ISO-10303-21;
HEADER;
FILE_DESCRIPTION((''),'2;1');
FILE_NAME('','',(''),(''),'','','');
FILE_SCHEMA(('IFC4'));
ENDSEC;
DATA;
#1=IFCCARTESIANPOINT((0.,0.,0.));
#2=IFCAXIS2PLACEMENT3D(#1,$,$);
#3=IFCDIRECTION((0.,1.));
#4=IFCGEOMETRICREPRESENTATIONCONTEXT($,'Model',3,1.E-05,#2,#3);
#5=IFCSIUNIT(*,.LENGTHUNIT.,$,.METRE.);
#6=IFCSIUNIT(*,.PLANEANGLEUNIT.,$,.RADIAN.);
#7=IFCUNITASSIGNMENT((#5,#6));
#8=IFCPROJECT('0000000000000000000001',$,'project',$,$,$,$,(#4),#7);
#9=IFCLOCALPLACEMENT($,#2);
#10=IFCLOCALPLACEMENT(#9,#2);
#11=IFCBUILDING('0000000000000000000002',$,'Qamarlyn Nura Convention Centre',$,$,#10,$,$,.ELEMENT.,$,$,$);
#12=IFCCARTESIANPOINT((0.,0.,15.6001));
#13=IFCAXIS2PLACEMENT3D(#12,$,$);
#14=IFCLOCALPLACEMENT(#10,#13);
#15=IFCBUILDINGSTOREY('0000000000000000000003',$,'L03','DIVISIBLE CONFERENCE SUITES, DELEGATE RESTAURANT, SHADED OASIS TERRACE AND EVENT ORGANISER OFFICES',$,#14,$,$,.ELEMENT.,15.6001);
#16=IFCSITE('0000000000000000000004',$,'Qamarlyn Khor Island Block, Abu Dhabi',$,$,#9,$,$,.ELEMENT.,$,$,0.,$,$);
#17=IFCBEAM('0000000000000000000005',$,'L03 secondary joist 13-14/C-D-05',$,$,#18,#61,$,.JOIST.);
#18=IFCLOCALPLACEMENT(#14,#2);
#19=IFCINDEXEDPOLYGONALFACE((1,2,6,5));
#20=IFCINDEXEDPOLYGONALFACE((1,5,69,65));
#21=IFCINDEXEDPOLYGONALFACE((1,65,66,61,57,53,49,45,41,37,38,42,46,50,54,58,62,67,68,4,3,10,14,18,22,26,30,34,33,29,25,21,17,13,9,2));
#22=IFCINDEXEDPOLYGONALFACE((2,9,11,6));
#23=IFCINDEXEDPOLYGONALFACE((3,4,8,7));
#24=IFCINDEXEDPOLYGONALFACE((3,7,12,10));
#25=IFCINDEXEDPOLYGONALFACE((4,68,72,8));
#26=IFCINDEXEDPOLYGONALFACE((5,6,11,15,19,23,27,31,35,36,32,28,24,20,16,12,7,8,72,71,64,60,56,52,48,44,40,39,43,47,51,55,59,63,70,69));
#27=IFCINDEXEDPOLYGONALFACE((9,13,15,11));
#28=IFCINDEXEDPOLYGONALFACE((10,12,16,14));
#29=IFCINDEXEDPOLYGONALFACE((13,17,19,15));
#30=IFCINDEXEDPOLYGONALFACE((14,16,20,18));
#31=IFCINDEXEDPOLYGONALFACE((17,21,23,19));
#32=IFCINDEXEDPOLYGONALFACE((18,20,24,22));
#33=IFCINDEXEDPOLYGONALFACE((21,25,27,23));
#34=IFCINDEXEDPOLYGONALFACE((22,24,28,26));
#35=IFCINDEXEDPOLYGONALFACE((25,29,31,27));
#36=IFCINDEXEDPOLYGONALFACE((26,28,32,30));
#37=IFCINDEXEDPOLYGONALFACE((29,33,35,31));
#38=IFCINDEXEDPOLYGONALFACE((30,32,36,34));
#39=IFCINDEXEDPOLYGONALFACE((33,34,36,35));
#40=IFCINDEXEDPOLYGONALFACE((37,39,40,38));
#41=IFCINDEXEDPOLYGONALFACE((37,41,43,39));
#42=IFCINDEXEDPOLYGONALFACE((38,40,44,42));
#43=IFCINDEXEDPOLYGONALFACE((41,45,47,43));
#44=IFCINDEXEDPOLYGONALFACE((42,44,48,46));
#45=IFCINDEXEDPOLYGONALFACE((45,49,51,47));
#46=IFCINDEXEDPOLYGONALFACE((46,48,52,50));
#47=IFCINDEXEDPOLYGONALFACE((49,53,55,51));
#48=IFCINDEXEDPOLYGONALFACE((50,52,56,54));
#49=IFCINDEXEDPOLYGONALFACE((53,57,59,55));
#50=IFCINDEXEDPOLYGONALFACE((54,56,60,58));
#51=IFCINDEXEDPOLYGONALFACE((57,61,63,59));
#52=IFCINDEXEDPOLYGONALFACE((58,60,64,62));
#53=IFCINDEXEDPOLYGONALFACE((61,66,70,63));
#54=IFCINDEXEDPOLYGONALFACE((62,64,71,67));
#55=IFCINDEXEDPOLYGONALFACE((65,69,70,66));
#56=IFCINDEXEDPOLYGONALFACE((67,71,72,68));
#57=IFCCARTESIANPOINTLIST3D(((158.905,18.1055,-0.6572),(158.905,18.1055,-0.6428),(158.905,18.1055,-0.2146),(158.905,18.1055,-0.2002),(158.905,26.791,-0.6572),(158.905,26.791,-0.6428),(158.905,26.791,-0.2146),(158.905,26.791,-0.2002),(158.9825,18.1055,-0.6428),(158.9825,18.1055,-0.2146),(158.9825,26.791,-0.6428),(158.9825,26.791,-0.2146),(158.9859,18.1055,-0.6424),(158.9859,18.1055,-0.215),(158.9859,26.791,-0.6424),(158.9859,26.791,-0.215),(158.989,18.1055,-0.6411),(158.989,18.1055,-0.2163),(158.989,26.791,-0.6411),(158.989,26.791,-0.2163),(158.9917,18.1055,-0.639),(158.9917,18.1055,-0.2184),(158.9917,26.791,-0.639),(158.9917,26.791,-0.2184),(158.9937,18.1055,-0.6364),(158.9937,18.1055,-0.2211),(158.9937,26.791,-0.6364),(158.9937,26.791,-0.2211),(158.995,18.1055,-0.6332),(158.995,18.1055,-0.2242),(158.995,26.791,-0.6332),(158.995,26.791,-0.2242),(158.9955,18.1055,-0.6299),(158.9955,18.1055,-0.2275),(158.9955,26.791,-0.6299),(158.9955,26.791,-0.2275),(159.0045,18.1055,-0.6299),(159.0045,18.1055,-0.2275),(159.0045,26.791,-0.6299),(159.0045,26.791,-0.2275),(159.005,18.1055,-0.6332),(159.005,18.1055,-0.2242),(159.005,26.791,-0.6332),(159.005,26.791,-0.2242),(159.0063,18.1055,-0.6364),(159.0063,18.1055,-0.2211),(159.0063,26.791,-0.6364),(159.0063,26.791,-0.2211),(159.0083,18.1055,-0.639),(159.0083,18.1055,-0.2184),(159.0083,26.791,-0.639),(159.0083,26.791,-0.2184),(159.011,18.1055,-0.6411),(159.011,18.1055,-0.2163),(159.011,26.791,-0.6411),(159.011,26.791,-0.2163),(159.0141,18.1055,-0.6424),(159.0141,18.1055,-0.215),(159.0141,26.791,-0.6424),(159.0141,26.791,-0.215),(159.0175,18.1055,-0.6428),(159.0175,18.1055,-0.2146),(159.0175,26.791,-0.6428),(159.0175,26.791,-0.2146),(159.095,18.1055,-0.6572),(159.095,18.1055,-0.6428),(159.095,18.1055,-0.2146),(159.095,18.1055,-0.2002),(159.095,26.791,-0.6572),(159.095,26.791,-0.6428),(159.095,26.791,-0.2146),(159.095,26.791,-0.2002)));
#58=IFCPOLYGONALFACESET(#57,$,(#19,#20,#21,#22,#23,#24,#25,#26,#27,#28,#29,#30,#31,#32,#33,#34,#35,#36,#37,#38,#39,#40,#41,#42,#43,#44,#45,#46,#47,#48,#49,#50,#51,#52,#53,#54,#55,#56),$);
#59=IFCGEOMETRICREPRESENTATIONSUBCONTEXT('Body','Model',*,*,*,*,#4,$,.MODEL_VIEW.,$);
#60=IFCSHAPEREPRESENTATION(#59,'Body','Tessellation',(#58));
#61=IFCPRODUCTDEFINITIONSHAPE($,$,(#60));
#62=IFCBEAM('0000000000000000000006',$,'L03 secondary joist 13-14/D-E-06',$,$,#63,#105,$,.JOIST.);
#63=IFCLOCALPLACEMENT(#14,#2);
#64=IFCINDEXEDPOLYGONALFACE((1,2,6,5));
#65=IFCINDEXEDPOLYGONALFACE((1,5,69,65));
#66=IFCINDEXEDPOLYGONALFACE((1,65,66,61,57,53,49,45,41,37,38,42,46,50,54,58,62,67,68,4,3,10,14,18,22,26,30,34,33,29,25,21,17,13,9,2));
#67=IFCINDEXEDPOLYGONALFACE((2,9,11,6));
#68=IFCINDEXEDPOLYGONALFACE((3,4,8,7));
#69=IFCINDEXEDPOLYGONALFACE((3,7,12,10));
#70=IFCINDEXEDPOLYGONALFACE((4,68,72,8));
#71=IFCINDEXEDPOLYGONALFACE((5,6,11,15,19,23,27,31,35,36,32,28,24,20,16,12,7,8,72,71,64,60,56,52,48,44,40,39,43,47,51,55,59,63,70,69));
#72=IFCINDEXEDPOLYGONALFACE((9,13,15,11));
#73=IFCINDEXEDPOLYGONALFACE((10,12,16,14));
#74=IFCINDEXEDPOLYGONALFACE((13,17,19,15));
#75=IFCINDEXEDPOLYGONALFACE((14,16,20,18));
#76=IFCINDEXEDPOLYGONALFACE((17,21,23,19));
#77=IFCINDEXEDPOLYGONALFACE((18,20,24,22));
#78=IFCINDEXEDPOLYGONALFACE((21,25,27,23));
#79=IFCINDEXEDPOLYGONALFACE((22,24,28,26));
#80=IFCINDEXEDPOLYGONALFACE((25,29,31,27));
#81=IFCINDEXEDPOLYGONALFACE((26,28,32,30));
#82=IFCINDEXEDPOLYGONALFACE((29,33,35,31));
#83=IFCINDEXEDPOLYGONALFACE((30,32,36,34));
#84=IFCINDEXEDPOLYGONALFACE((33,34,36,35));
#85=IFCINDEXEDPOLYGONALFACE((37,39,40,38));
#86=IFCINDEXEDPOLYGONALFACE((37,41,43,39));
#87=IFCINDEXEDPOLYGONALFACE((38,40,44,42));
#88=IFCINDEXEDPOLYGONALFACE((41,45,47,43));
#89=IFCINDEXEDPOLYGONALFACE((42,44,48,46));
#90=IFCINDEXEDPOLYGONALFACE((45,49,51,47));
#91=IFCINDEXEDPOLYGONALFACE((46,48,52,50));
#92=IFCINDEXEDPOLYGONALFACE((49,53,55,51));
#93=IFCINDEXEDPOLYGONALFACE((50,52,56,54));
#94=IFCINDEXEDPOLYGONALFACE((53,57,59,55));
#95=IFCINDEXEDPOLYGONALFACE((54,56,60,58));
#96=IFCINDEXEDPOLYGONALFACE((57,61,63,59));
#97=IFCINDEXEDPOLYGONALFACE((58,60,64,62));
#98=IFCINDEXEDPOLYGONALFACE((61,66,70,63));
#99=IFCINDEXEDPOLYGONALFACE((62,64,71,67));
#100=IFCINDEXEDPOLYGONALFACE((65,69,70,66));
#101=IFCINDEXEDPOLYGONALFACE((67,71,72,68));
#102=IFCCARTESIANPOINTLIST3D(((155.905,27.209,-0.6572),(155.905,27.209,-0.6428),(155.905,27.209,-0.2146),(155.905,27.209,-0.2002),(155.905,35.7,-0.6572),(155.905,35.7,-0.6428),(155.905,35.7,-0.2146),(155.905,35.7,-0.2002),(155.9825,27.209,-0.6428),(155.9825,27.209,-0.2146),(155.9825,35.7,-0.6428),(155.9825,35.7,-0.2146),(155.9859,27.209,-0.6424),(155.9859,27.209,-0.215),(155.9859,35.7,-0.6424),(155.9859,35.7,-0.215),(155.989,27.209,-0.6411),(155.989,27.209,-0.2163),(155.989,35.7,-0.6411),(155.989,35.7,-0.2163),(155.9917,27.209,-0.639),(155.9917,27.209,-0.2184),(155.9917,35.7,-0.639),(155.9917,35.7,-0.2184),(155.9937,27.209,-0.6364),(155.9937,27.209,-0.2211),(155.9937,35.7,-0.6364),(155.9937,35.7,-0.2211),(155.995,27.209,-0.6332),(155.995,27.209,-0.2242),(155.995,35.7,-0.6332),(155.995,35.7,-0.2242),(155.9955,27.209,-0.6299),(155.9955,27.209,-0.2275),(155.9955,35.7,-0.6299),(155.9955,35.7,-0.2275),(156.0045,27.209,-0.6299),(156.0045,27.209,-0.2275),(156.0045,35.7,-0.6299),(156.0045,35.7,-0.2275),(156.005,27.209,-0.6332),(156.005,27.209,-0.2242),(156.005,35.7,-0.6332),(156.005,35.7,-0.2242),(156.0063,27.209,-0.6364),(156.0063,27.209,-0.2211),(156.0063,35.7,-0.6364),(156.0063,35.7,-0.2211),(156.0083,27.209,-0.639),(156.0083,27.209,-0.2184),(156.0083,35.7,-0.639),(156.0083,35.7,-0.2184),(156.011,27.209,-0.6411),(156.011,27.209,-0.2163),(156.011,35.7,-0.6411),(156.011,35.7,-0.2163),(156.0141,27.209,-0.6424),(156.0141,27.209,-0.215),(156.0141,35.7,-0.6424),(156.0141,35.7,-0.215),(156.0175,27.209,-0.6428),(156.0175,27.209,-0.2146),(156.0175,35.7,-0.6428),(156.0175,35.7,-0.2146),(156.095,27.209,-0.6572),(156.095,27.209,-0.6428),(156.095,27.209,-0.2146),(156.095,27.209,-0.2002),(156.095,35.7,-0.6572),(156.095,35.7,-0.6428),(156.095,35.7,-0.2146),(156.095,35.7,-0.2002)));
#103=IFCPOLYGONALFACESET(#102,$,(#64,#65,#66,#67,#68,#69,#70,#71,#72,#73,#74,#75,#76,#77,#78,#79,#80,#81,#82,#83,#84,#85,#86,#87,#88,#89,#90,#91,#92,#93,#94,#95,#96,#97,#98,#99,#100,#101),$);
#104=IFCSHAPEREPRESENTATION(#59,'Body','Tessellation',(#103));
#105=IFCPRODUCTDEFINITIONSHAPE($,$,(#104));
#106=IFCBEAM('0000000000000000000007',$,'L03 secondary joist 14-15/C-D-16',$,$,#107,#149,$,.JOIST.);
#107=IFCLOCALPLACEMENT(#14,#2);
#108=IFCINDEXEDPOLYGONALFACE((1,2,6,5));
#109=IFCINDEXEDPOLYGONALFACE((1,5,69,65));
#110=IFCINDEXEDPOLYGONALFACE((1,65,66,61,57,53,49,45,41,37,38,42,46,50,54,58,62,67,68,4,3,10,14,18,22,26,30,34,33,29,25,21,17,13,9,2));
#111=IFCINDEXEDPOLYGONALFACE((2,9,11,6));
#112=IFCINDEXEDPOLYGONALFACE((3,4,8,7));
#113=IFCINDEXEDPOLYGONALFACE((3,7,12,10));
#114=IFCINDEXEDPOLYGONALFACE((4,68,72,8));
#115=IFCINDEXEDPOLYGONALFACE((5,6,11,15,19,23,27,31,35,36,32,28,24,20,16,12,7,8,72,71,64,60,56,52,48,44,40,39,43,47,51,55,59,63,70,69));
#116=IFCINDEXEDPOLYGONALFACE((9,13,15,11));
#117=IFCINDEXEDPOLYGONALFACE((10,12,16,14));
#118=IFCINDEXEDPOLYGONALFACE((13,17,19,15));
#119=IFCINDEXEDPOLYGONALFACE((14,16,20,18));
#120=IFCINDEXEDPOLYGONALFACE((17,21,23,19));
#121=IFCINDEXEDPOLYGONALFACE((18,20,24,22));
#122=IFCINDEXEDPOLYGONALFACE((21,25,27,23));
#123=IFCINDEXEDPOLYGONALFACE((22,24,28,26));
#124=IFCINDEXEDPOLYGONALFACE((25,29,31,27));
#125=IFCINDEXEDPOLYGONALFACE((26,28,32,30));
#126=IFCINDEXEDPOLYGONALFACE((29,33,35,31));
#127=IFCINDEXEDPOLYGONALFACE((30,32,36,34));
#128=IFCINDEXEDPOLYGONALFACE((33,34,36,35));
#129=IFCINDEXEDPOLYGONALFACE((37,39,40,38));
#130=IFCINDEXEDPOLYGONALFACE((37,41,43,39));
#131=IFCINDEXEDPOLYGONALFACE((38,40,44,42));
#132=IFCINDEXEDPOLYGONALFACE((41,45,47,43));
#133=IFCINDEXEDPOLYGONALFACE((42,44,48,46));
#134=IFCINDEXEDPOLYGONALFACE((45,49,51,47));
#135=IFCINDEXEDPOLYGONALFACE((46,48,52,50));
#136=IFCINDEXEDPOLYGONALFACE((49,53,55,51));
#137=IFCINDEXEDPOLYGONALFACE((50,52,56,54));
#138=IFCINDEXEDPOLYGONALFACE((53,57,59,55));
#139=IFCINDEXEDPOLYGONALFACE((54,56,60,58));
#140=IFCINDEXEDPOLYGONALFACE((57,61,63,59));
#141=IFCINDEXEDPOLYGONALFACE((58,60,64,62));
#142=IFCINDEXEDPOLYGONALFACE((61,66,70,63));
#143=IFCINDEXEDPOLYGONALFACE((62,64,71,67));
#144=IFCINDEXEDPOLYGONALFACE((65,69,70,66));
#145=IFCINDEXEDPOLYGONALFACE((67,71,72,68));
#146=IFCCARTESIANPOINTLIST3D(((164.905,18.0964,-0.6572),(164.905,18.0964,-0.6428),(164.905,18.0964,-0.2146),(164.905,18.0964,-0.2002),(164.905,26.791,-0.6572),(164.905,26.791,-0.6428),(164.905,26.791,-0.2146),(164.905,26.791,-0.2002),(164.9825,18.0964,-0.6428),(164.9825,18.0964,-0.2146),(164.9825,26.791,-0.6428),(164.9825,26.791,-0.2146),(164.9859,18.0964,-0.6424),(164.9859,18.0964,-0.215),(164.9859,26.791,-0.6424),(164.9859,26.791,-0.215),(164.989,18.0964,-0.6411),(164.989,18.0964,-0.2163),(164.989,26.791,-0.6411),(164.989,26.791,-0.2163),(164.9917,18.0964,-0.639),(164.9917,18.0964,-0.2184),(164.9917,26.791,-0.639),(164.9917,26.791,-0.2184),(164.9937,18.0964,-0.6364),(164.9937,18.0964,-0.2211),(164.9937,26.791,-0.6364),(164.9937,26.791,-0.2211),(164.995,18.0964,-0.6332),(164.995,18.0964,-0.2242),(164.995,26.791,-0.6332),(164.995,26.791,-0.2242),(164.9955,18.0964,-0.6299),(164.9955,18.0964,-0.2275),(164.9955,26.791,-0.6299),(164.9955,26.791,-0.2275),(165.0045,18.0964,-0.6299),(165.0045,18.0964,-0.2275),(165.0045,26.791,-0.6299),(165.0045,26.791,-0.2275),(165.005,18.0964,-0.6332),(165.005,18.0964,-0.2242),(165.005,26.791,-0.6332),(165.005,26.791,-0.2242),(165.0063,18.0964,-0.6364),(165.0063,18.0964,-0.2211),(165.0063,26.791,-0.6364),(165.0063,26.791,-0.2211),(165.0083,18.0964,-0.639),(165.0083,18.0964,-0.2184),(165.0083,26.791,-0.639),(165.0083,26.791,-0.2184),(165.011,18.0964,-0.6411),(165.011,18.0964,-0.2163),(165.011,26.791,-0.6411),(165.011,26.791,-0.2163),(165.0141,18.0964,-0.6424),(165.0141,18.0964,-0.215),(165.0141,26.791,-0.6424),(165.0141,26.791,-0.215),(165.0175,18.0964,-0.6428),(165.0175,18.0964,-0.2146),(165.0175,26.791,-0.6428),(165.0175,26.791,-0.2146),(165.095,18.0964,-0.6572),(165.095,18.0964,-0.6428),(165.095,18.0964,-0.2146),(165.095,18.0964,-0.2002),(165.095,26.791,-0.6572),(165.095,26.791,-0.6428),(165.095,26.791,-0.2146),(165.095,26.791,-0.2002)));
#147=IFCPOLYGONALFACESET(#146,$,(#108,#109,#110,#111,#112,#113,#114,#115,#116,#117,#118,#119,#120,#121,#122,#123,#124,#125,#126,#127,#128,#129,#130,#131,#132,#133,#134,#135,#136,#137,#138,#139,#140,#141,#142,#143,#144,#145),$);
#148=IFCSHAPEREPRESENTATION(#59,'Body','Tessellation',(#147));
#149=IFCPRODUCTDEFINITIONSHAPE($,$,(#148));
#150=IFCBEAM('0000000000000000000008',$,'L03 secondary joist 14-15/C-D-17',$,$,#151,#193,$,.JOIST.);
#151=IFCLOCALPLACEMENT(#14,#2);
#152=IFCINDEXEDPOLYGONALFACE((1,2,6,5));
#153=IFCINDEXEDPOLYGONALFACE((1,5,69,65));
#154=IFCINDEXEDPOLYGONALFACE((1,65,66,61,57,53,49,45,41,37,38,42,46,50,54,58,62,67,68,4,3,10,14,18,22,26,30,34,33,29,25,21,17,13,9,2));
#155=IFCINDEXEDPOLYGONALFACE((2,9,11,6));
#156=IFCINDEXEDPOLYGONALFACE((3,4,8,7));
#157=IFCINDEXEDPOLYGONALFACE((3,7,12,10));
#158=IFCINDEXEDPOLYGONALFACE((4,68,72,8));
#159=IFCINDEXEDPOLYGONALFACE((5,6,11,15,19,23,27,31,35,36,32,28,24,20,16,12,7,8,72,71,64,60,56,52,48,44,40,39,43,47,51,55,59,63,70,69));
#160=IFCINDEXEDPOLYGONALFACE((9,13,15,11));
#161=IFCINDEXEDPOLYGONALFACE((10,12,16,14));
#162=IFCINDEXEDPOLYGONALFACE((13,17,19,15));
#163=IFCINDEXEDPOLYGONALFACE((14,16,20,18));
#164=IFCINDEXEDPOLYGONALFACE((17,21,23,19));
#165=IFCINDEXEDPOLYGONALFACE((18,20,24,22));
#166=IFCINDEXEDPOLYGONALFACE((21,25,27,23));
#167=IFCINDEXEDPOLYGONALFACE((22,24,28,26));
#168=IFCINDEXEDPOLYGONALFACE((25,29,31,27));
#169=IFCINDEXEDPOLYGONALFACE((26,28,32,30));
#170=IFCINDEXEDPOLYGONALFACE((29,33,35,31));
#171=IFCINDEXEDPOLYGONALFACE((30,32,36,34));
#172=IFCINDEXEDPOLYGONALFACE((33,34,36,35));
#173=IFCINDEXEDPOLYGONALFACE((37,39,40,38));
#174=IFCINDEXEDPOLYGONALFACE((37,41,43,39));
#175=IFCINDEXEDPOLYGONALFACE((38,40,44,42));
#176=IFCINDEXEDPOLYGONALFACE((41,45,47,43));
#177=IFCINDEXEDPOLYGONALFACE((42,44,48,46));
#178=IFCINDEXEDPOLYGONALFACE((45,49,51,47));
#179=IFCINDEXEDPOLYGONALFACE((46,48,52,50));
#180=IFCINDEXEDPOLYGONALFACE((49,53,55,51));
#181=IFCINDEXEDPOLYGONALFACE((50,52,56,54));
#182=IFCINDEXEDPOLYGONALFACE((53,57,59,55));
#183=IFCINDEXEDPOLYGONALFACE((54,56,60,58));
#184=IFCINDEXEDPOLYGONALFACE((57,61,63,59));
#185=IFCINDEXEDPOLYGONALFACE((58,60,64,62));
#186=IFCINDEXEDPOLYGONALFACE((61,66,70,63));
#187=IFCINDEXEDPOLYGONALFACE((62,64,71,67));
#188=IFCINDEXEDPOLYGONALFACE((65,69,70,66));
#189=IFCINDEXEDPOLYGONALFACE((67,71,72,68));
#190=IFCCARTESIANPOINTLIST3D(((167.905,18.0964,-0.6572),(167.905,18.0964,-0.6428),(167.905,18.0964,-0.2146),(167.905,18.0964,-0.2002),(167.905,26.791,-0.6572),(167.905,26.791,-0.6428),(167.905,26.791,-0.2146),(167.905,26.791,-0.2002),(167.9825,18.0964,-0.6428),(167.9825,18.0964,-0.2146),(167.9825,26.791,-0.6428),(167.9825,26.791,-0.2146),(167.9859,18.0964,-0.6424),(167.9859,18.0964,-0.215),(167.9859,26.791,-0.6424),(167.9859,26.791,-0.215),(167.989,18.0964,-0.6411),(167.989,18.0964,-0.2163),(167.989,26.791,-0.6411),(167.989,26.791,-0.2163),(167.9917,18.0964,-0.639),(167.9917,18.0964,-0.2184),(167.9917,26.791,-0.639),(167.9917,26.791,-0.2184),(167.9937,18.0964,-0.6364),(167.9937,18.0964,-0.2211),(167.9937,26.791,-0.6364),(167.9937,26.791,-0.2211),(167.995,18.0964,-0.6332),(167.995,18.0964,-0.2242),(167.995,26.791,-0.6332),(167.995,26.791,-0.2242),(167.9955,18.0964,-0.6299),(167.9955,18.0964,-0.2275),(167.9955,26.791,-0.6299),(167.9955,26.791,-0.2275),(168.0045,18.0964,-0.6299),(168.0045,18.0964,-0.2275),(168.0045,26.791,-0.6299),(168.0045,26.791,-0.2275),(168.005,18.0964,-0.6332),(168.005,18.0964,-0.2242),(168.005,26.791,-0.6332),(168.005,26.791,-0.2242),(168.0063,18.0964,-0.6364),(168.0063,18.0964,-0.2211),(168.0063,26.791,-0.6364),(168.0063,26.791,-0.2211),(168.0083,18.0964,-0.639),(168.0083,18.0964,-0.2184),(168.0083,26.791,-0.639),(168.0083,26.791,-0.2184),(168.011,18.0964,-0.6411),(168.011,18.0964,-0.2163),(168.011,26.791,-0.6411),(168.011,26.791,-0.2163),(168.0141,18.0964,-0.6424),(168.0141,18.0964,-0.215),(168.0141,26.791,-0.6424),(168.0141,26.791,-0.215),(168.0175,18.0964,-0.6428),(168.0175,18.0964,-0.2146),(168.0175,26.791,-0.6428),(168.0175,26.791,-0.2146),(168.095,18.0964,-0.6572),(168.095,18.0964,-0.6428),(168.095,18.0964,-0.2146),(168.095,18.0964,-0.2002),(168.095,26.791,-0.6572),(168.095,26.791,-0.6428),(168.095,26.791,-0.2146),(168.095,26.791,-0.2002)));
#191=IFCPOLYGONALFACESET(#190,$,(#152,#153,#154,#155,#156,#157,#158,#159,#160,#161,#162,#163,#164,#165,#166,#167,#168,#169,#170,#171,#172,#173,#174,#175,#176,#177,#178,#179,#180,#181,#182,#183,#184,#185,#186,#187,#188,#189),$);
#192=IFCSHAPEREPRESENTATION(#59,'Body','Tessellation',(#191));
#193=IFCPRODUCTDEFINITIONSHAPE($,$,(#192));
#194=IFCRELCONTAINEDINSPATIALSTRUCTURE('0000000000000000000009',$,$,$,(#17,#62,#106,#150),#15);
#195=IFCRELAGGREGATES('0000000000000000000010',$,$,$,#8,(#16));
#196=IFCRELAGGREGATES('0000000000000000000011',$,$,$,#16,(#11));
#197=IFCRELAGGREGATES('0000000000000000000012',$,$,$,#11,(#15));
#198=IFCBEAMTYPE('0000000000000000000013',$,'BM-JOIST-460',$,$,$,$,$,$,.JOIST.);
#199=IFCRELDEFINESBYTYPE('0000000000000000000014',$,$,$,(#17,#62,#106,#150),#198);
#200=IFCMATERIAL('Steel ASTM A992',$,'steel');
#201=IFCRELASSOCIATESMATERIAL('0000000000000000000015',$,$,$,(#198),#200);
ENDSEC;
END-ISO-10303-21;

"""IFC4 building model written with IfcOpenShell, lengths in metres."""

from ifc_helpers import new_model, si_unit, direction, frame, origin, origin_2d, place, context, subcontext, project, spatial, i_section, extrude, material, material_profile, profile_set, type_object, element, save


model = new_model("IFC4")

# Units and contexts
model_context = context("Model", 3, precision=1e-05, world=origin(), true_north=direction((0.0, 1.0)))
body_context = subcontext(model_context, "Body", "Model", "MODEL_VIEW")
ifc_project = project(units=[si_unit("LENGTHUNIT", "METRE"), si_unit("PLANEANGLEUNIT", "RADIAN")], contexts=[model_context])

# Site, building, storey
site_placement = place(None, origin())
site = spatial("IfcSite", under=ifc_project, at=site_placement, Name="Qamarlyn Khor Island Block, Abu Dhabi", CompositionType="ELEMENT", RefElevation=0.0)
building_placement = place(site_placement, origin())
building = spatial("IfcBuilding", under=site, at=building_placement, Name="Qamarlyn Nura Convention Centre", CompositionType="ELEMENT")
storey_placement = place(building_placement, frame((0.0, 0.0, 15.6001)))
storey = spatial("IfcBuildingStorey", under=building, at=storey_placement, Name="L03", Description="DIVISIBLE CONFERENCE SUITES, DELEGATE RESTAURANT, SHADED OASIS TERRACE AND EVENT ORGANISER OFFICES", CompositionType="ELEMENT", Elevation=15.6001)

# Shared definitions
ifc_material_1 = material(Name="Steel ASTM A992", Category="steel")

# Beams
ifc_material_profile_1 = material_profile(ifc_material_1, i_section(OverallWidth=0.1899, OverallDepth=0.457, WebThickness=0.009, FlangeThickness=0.0144, FilletRadius=0.0129, at=origin_2d()), Name="W460X74")
ifc_profile_set_1 = profile_set([ifc_material_profile_1], Name="Steel ASTM A992")
beam_type_1 = type_object("IfcBeamType", Name="BM-JOIST-460", PredefinedType="JOIST", material=ifc_profile_set_1)
for number, where, z_axis, x_axis, name in (
    (1, (159.0, 18.1055, -0.4287), (0.0, 1.0, 0.0), (-1.0, 0.0, 0.0), "L03 secondary joist 13-14/C-D-05"),
):
    element("IfcBeam", number, at=place(storey_placement, frame(where, z_axis=z_axis, x_axis=x_axis)), inside=storey, type_object=beam_type_1, Name=name, PredefinedType="JOIST", context=body_context, shape_type="SweptSolid", body=[
        extrude(i_section(OverallWidth=0.1899, OverallDepth=0.457, WebThickness=0.009, FlangeThickness=0.0144, FilletRadius=0.0129, at=origin_2d()), origin(), (0.0, 0.0, 1.0), 8.6855),
    ])
beam_1_placement = place(storey_placement, frame((156.0, 27.209, -0.4287), z_axis=(0.0, 1.0, 0.0), x_axis=(-1.0, 0.0, 0.0)))
element("IfcBeam", 2, at=beam_1_placement, inside=storey, type_object=beam_type_1, Name="L03 secondary joist 13-14/D-E-06", PredefinedType="JOIST", context=body_context, shape_type="SweptSolid", body=[
    extrude(i_section(OverallWidth=0.1899, OverallDepth=0.457, WebThickness=0.009, FlangeThickness=0.0144, FilletRadius=0.0129, at=origin_2d()), origin(), (0.0, 0.0, 1.0), 8.491),
])
for number, where, z_axis, x_axis, name in (
    (3, (165.0, 18.0964, -0.4287), (0.0, 1.0, 0.0), (-1.0, 0.0, 0.0), "L03 secondary joist 14-15/C-D-16"),
    (4, (168.0, 18.0964, -0.4287), (0.0, 1.0, 0.0), (-1.0, 0.0, 0.0), "L03 secondary joist 14-15/C-D-17"),
):
    element("IfcBeam", number, at=place(storey_placement, frame(where, z_axis=z_axis, x_axis=x_axis)), inside=storey, type_object=beam_type_1, Name=name, PredefinedType="JOIST", context=body_context, shape_type="SweptSolid", body=[
        extrude(i_section(OverallWidth=0.1899, OverallDepth=0.457, WebThickness=0.009, FlangeThickness=0.0144, FilletRadius=0.0129, at=origin_2d()), origin(), (0.0, 0.0, 1.0), 8.6946),
    ])

save(model, "model.ifc")
